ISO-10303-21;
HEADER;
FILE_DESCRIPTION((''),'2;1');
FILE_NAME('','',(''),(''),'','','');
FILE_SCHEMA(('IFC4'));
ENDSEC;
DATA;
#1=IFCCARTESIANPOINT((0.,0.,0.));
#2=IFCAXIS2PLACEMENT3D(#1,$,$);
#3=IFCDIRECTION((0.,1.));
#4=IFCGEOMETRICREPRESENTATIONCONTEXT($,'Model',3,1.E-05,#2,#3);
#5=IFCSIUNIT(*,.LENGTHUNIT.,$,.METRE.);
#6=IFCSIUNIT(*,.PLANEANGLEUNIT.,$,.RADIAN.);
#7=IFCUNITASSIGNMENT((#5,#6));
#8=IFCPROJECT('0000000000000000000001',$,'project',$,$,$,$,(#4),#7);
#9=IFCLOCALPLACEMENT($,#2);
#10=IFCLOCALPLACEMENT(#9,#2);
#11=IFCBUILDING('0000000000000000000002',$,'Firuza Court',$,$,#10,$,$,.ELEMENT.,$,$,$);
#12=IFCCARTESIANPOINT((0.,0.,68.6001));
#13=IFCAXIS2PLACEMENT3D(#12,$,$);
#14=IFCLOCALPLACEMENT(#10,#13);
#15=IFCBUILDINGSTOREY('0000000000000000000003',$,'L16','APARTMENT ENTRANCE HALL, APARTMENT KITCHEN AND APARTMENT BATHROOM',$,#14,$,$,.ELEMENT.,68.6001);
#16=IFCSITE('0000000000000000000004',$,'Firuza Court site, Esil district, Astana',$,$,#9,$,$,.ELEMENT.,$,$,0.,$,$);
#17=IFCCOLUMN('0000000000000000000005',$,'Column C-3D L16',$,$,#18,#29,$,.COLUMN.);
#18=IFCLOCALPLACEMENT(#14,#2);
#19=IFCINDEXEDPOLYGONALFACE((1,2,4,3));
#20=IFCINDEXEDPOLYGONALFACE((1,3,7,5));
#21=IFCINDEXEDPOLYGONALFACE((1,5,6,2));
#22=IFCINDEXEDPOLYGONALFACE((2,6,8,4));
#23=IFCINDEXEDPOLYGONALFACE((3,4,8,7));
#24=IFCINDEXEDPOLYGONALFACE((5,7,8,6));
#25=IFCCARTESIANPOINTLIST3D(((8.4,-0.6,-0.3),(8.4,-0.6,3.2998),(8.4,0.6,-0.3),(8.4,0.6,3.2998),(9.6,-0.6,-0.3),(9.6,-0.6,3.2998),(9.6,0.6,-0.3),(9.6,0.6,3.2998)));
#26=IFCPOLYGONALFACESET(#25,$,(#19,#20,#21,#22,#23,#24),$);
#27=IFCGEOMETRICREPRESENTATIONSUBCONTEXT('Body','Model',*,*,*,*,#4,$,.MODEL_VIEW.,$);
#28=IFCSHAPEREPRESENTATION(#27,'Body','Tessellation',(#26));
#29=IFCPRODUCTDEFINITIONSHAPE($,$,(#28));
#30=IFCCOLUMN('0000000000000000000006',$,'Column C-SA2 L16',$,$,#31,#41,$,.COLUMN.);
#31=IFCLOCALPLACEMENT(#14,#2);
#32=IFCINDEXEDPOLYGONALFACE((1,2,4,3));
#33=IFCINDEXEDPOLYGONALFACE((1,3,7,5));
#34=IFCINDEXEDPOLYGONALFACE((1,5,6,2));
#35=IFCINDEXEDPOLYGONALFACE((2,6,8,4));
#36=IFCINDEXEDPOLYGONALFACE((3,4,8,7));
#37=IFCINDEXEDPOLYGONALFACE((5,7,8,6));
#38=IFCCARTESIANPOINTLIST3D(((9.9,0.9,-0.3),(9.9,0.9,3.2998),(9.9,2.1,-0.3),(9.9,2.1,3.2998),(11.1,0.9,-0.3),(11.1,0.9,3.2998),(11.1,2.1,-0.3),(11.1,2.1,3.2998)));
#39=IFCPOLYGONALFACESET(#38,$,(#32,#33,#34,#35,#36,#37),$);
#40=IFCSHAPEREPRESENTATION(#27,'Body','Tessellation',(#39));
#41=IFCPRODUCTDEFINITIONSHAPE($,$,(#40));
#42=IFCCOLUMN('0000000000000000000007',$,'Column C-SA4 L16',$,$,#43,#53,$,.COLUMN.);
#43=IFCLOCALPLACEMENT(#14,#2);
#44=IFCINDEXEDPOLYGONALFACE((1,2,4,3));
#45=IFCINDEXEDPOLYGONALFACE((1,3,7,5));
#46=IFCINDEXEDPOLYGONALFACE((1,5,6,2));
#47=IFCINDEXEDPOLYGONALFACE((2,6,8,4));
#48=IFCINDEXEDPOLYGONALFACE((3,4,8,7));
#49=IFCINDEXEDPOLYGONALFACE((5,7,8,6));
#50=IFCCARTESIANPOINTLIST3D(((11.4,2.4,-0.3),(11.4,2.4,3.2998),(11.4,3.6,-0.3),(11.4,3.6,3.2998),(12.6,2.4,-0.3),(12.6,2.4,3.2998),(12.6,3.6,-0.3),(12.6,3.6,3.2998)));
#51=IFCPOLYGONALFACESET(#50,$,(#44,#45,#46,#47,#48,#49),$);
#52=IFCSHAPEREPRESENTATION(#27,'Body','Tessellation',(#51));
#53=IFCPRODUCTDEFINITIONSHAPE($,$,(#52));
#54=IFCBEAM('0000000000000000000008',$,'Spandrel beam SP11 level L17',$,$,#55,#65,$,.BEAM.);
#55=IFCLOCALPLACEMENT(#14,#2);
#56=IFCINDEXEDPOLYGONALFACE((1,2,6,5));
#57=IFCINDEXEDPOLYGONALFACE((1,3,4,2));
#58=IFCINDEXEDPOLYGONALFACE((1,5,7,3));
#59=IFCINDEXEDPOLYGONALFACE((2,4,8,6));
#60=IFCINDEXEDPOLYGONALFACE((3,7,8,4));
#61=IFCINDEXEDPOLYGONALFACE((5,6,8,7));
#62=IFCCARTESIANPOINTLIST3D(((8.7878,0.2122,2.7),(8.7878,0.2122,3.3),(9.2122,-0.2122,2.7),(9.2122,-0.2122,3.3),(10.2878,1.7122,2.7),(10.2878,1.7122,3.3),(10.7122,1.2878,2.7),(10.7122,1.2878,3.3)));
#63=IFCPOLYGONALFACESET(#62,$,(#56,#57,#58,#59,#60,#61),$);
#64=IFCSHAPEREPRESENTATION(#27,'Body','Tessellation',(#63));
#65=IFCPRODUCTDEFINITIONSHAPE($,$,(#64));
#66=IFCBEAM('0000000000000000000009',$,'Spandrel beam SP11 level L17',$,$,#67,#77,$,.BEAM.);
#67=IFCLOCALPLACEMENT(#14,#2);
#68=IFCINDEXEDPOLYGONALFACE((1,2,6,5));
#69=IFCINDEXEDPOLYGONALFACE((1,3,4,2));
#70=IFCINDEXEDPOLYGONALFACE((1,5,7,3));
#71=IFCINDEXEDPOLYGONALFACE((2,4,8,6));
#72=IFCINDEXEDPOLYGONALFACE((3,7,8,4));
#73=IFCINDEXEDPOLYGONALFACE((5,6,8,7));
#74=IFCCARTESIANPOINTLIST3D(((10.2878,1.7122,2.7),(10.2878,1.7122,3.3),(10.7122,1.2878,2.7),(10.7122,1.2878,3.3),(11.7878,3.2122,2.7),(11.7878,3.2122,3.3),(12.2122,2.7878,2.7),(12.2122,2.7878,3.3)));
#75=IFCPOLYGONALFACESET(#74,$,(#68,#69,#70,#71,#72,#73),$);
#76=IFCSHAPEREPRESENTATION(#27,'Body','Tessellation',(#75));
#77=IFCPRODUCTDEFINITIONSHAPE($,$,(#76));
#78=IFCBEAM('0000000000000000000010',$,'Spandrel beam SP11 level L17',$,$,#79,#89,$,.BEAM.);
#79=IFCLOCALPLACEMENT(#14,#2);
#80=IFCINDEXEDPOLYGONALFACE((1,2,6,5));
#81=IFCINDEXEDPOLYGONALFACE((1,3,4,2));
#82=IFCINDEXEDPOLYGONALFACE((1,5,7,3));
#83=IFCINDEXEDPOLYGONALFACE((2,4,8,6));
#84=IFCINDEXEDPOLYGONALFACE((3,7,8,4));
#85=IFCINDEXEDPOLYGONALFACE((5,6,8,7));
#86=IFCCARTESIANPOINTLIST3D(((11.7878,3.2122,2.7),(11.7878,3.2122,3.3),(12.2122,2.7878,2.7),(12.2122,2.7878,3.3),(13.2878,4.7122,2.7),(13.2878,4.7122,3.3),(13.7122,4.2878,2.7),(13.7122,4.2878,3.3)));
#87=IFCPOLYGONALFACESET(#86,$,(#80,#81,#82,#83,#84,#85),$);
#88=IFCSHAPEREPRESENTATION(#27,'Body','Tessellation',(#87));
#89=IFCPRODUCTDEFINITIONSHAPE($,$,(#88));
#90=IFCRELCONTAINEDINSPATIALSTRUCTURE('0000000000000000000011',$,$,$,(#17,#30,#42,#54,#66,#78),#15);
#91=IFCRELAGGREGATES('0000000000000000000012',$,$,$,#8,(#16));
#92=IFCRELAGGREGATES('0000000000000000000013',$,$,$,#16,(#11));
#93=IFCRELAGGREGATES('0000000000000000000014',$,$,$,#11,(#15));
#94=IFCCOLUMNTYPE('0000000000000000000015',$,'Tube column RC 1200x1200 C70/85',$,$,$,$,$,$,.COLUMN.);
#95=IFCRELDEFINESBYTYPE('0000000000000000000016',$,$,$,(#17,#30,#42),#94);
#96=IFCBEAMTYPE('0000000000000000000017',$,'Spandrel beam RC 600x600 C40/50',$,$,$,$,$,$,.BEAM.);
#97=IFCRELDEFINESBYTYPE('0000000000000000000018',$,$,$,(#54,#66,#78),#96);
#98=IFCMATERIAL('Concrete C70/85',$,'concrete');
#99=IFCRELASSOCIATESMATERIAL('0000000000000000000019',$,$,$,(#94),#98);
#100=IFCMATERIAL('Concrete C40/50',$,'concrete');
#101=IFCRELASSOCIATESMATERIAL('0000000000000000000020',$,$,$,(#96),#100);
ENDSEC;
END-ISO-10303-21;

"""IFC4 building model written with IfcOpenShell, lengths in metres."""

from ifc_helpers import new_model, si_unit, direction, frame, origin, origin_2d, place, context, subcontext, project, spatial, rectangle, extrude, material, material_profile, profile_set, type_object, element, save


model = new_model("IFC4")

# Units and contexts
model_context = context("Model", 3, precision=1e-05, world=origin(), true_north=direction((0.0, 1.0)))
body_context = subcontext(model_context, "Body", "Model", "MODEL_VIEW")
ifc_project = project(units=[si_unit("LENGTHUNIT", "METRE"), si_unit("PLANEANGLEUNIT", "RADIAN")], contexts=[model_context])

# Site, building, storey
site_placement = place(None, origin())
site = spatial("IfcSite", under=ifc_project, at=site_placement, Name="Firuza Court site, Esil district, Astana", CompositionType="ELEMENT", RefElevation=0.0)
building_placement = place(site_placement, origin())
building = spatial("IfcBuilding", under=site, at=building_placement, Name="Firuza Court", CompositionType="ELEMENT")
storey_placement = place(building_placement, frame((0.0, 0.0, 68.6001)))
storey = spatial("IfcBuildingStorey", under=building, at=storey_placement, Name="L16", Description="APARTMENT ENTRANCE HALL, APARTMENT KITCHEN AND APARTMENT BATHROOM", CompositionType="ELEMENT", Elevation=68.6001)

# Columns
ifc_material_1 = material(Name="Concrete C70/85", Category="concrete")
ifc_material_profile_1 = material_profile(ifc_material_1, rectangle(XDim=1.2, YDim=1.2, at=origin_2d()), Name="RC 1200x1200")
ifc_profile_set_1 = profile_set([ifc_material_profile_1], Name="Concrete C70/85")
column_type = type_object("IfcColumnType", Name="Tube column RC 1200x1200 C70/85", PredefinedType="COLUMN", material=ifc_profile_set_1)
for number, where, z_axis, x_axis, name in (
    (1, (9.0, 0.0, -0.3), (0.0, 0.0, 1.0), (1.0, 0.0, 0.0), "Column C-3D L16"),
    (2, (10.5, 1.5, -0.3), (0.0, 0.0, 1.0), (1.0, 0.0, 0.0), "Column C-SA2 L16"),
    (3, (12.0, 3.0, -0.3), (0.0, 0.0, 1.0), (1.0, 0.0, 0.0), "Column C-SA4 L16"),
):
    element("IfcColumn", number, at=place(storey_placement, frame(where, z_axis=z_axis, x_axis=x_axis)), inside=storey, type_object=column_type, Name=name, PredefinedType="COLUMN", context=body_context, shape_type="SweptSolid", body=[
        extrude(rectangle(XDim=1.2, YDim=1.2, at=origin_2d()), origin(), (0.0, 0.0, 1.0), 3.5999),
    ])

# Beams
ifc_material_2 = material(Name="Concrete C40/50", Category="concrete")
ifc_material_profile_2 = material_profile(ifc_material_2, rectangle(XDim=0.6001, YDim=0.6001, at=origin_2d()), Name="RC 600x600")
ifc_profile_set_2 = profile_set([ifc_material_profile_2], Name="Concrete C40/50")
beam_type = type_object("IfcBeamType", Name="Spandrel beam RC 600x600 C40/50", PredefinedType="BEAM", material=ifc_profile_set_2)
for number, where, z_axis, x_axis, name in (
    (4, (9.0, 0.0, 3.0), (0.707107, 0.707107, 0.0), (-0.707107, 0.707107, 0.0), "Spandrel beam SP11 level L17"),
    (5, (10.5, 1.5, 3.0), (0.707107, 0.707107, 0.0), (-0.707107, 0.707107, 0.0), "Spandrel beam SP11 level L17"),
    (6, (12.0, 3.0, 3.0), (0.707107, 0.707107, 0.0), (-0.707107, 0.707107, 0.0), "Spandrel beam SP11 level L17"),
):
    element("IfcBeam", number, at=place(storey_placement, frame(where, z_axis=z_axis, x_axis=x_axis)), inside=storey, type_object=beam_type, Name=name, PredefinedType="BEAM", context=body_context, shape_type="SweptSolid", body=[
        extrude(rectangle(XDim=0.6001, YDim=0.6001, at=origin_2d()), origin(), (0.0, 0.0, 1.0), 2.1213),
    ])

save(model, "model.ifc")
